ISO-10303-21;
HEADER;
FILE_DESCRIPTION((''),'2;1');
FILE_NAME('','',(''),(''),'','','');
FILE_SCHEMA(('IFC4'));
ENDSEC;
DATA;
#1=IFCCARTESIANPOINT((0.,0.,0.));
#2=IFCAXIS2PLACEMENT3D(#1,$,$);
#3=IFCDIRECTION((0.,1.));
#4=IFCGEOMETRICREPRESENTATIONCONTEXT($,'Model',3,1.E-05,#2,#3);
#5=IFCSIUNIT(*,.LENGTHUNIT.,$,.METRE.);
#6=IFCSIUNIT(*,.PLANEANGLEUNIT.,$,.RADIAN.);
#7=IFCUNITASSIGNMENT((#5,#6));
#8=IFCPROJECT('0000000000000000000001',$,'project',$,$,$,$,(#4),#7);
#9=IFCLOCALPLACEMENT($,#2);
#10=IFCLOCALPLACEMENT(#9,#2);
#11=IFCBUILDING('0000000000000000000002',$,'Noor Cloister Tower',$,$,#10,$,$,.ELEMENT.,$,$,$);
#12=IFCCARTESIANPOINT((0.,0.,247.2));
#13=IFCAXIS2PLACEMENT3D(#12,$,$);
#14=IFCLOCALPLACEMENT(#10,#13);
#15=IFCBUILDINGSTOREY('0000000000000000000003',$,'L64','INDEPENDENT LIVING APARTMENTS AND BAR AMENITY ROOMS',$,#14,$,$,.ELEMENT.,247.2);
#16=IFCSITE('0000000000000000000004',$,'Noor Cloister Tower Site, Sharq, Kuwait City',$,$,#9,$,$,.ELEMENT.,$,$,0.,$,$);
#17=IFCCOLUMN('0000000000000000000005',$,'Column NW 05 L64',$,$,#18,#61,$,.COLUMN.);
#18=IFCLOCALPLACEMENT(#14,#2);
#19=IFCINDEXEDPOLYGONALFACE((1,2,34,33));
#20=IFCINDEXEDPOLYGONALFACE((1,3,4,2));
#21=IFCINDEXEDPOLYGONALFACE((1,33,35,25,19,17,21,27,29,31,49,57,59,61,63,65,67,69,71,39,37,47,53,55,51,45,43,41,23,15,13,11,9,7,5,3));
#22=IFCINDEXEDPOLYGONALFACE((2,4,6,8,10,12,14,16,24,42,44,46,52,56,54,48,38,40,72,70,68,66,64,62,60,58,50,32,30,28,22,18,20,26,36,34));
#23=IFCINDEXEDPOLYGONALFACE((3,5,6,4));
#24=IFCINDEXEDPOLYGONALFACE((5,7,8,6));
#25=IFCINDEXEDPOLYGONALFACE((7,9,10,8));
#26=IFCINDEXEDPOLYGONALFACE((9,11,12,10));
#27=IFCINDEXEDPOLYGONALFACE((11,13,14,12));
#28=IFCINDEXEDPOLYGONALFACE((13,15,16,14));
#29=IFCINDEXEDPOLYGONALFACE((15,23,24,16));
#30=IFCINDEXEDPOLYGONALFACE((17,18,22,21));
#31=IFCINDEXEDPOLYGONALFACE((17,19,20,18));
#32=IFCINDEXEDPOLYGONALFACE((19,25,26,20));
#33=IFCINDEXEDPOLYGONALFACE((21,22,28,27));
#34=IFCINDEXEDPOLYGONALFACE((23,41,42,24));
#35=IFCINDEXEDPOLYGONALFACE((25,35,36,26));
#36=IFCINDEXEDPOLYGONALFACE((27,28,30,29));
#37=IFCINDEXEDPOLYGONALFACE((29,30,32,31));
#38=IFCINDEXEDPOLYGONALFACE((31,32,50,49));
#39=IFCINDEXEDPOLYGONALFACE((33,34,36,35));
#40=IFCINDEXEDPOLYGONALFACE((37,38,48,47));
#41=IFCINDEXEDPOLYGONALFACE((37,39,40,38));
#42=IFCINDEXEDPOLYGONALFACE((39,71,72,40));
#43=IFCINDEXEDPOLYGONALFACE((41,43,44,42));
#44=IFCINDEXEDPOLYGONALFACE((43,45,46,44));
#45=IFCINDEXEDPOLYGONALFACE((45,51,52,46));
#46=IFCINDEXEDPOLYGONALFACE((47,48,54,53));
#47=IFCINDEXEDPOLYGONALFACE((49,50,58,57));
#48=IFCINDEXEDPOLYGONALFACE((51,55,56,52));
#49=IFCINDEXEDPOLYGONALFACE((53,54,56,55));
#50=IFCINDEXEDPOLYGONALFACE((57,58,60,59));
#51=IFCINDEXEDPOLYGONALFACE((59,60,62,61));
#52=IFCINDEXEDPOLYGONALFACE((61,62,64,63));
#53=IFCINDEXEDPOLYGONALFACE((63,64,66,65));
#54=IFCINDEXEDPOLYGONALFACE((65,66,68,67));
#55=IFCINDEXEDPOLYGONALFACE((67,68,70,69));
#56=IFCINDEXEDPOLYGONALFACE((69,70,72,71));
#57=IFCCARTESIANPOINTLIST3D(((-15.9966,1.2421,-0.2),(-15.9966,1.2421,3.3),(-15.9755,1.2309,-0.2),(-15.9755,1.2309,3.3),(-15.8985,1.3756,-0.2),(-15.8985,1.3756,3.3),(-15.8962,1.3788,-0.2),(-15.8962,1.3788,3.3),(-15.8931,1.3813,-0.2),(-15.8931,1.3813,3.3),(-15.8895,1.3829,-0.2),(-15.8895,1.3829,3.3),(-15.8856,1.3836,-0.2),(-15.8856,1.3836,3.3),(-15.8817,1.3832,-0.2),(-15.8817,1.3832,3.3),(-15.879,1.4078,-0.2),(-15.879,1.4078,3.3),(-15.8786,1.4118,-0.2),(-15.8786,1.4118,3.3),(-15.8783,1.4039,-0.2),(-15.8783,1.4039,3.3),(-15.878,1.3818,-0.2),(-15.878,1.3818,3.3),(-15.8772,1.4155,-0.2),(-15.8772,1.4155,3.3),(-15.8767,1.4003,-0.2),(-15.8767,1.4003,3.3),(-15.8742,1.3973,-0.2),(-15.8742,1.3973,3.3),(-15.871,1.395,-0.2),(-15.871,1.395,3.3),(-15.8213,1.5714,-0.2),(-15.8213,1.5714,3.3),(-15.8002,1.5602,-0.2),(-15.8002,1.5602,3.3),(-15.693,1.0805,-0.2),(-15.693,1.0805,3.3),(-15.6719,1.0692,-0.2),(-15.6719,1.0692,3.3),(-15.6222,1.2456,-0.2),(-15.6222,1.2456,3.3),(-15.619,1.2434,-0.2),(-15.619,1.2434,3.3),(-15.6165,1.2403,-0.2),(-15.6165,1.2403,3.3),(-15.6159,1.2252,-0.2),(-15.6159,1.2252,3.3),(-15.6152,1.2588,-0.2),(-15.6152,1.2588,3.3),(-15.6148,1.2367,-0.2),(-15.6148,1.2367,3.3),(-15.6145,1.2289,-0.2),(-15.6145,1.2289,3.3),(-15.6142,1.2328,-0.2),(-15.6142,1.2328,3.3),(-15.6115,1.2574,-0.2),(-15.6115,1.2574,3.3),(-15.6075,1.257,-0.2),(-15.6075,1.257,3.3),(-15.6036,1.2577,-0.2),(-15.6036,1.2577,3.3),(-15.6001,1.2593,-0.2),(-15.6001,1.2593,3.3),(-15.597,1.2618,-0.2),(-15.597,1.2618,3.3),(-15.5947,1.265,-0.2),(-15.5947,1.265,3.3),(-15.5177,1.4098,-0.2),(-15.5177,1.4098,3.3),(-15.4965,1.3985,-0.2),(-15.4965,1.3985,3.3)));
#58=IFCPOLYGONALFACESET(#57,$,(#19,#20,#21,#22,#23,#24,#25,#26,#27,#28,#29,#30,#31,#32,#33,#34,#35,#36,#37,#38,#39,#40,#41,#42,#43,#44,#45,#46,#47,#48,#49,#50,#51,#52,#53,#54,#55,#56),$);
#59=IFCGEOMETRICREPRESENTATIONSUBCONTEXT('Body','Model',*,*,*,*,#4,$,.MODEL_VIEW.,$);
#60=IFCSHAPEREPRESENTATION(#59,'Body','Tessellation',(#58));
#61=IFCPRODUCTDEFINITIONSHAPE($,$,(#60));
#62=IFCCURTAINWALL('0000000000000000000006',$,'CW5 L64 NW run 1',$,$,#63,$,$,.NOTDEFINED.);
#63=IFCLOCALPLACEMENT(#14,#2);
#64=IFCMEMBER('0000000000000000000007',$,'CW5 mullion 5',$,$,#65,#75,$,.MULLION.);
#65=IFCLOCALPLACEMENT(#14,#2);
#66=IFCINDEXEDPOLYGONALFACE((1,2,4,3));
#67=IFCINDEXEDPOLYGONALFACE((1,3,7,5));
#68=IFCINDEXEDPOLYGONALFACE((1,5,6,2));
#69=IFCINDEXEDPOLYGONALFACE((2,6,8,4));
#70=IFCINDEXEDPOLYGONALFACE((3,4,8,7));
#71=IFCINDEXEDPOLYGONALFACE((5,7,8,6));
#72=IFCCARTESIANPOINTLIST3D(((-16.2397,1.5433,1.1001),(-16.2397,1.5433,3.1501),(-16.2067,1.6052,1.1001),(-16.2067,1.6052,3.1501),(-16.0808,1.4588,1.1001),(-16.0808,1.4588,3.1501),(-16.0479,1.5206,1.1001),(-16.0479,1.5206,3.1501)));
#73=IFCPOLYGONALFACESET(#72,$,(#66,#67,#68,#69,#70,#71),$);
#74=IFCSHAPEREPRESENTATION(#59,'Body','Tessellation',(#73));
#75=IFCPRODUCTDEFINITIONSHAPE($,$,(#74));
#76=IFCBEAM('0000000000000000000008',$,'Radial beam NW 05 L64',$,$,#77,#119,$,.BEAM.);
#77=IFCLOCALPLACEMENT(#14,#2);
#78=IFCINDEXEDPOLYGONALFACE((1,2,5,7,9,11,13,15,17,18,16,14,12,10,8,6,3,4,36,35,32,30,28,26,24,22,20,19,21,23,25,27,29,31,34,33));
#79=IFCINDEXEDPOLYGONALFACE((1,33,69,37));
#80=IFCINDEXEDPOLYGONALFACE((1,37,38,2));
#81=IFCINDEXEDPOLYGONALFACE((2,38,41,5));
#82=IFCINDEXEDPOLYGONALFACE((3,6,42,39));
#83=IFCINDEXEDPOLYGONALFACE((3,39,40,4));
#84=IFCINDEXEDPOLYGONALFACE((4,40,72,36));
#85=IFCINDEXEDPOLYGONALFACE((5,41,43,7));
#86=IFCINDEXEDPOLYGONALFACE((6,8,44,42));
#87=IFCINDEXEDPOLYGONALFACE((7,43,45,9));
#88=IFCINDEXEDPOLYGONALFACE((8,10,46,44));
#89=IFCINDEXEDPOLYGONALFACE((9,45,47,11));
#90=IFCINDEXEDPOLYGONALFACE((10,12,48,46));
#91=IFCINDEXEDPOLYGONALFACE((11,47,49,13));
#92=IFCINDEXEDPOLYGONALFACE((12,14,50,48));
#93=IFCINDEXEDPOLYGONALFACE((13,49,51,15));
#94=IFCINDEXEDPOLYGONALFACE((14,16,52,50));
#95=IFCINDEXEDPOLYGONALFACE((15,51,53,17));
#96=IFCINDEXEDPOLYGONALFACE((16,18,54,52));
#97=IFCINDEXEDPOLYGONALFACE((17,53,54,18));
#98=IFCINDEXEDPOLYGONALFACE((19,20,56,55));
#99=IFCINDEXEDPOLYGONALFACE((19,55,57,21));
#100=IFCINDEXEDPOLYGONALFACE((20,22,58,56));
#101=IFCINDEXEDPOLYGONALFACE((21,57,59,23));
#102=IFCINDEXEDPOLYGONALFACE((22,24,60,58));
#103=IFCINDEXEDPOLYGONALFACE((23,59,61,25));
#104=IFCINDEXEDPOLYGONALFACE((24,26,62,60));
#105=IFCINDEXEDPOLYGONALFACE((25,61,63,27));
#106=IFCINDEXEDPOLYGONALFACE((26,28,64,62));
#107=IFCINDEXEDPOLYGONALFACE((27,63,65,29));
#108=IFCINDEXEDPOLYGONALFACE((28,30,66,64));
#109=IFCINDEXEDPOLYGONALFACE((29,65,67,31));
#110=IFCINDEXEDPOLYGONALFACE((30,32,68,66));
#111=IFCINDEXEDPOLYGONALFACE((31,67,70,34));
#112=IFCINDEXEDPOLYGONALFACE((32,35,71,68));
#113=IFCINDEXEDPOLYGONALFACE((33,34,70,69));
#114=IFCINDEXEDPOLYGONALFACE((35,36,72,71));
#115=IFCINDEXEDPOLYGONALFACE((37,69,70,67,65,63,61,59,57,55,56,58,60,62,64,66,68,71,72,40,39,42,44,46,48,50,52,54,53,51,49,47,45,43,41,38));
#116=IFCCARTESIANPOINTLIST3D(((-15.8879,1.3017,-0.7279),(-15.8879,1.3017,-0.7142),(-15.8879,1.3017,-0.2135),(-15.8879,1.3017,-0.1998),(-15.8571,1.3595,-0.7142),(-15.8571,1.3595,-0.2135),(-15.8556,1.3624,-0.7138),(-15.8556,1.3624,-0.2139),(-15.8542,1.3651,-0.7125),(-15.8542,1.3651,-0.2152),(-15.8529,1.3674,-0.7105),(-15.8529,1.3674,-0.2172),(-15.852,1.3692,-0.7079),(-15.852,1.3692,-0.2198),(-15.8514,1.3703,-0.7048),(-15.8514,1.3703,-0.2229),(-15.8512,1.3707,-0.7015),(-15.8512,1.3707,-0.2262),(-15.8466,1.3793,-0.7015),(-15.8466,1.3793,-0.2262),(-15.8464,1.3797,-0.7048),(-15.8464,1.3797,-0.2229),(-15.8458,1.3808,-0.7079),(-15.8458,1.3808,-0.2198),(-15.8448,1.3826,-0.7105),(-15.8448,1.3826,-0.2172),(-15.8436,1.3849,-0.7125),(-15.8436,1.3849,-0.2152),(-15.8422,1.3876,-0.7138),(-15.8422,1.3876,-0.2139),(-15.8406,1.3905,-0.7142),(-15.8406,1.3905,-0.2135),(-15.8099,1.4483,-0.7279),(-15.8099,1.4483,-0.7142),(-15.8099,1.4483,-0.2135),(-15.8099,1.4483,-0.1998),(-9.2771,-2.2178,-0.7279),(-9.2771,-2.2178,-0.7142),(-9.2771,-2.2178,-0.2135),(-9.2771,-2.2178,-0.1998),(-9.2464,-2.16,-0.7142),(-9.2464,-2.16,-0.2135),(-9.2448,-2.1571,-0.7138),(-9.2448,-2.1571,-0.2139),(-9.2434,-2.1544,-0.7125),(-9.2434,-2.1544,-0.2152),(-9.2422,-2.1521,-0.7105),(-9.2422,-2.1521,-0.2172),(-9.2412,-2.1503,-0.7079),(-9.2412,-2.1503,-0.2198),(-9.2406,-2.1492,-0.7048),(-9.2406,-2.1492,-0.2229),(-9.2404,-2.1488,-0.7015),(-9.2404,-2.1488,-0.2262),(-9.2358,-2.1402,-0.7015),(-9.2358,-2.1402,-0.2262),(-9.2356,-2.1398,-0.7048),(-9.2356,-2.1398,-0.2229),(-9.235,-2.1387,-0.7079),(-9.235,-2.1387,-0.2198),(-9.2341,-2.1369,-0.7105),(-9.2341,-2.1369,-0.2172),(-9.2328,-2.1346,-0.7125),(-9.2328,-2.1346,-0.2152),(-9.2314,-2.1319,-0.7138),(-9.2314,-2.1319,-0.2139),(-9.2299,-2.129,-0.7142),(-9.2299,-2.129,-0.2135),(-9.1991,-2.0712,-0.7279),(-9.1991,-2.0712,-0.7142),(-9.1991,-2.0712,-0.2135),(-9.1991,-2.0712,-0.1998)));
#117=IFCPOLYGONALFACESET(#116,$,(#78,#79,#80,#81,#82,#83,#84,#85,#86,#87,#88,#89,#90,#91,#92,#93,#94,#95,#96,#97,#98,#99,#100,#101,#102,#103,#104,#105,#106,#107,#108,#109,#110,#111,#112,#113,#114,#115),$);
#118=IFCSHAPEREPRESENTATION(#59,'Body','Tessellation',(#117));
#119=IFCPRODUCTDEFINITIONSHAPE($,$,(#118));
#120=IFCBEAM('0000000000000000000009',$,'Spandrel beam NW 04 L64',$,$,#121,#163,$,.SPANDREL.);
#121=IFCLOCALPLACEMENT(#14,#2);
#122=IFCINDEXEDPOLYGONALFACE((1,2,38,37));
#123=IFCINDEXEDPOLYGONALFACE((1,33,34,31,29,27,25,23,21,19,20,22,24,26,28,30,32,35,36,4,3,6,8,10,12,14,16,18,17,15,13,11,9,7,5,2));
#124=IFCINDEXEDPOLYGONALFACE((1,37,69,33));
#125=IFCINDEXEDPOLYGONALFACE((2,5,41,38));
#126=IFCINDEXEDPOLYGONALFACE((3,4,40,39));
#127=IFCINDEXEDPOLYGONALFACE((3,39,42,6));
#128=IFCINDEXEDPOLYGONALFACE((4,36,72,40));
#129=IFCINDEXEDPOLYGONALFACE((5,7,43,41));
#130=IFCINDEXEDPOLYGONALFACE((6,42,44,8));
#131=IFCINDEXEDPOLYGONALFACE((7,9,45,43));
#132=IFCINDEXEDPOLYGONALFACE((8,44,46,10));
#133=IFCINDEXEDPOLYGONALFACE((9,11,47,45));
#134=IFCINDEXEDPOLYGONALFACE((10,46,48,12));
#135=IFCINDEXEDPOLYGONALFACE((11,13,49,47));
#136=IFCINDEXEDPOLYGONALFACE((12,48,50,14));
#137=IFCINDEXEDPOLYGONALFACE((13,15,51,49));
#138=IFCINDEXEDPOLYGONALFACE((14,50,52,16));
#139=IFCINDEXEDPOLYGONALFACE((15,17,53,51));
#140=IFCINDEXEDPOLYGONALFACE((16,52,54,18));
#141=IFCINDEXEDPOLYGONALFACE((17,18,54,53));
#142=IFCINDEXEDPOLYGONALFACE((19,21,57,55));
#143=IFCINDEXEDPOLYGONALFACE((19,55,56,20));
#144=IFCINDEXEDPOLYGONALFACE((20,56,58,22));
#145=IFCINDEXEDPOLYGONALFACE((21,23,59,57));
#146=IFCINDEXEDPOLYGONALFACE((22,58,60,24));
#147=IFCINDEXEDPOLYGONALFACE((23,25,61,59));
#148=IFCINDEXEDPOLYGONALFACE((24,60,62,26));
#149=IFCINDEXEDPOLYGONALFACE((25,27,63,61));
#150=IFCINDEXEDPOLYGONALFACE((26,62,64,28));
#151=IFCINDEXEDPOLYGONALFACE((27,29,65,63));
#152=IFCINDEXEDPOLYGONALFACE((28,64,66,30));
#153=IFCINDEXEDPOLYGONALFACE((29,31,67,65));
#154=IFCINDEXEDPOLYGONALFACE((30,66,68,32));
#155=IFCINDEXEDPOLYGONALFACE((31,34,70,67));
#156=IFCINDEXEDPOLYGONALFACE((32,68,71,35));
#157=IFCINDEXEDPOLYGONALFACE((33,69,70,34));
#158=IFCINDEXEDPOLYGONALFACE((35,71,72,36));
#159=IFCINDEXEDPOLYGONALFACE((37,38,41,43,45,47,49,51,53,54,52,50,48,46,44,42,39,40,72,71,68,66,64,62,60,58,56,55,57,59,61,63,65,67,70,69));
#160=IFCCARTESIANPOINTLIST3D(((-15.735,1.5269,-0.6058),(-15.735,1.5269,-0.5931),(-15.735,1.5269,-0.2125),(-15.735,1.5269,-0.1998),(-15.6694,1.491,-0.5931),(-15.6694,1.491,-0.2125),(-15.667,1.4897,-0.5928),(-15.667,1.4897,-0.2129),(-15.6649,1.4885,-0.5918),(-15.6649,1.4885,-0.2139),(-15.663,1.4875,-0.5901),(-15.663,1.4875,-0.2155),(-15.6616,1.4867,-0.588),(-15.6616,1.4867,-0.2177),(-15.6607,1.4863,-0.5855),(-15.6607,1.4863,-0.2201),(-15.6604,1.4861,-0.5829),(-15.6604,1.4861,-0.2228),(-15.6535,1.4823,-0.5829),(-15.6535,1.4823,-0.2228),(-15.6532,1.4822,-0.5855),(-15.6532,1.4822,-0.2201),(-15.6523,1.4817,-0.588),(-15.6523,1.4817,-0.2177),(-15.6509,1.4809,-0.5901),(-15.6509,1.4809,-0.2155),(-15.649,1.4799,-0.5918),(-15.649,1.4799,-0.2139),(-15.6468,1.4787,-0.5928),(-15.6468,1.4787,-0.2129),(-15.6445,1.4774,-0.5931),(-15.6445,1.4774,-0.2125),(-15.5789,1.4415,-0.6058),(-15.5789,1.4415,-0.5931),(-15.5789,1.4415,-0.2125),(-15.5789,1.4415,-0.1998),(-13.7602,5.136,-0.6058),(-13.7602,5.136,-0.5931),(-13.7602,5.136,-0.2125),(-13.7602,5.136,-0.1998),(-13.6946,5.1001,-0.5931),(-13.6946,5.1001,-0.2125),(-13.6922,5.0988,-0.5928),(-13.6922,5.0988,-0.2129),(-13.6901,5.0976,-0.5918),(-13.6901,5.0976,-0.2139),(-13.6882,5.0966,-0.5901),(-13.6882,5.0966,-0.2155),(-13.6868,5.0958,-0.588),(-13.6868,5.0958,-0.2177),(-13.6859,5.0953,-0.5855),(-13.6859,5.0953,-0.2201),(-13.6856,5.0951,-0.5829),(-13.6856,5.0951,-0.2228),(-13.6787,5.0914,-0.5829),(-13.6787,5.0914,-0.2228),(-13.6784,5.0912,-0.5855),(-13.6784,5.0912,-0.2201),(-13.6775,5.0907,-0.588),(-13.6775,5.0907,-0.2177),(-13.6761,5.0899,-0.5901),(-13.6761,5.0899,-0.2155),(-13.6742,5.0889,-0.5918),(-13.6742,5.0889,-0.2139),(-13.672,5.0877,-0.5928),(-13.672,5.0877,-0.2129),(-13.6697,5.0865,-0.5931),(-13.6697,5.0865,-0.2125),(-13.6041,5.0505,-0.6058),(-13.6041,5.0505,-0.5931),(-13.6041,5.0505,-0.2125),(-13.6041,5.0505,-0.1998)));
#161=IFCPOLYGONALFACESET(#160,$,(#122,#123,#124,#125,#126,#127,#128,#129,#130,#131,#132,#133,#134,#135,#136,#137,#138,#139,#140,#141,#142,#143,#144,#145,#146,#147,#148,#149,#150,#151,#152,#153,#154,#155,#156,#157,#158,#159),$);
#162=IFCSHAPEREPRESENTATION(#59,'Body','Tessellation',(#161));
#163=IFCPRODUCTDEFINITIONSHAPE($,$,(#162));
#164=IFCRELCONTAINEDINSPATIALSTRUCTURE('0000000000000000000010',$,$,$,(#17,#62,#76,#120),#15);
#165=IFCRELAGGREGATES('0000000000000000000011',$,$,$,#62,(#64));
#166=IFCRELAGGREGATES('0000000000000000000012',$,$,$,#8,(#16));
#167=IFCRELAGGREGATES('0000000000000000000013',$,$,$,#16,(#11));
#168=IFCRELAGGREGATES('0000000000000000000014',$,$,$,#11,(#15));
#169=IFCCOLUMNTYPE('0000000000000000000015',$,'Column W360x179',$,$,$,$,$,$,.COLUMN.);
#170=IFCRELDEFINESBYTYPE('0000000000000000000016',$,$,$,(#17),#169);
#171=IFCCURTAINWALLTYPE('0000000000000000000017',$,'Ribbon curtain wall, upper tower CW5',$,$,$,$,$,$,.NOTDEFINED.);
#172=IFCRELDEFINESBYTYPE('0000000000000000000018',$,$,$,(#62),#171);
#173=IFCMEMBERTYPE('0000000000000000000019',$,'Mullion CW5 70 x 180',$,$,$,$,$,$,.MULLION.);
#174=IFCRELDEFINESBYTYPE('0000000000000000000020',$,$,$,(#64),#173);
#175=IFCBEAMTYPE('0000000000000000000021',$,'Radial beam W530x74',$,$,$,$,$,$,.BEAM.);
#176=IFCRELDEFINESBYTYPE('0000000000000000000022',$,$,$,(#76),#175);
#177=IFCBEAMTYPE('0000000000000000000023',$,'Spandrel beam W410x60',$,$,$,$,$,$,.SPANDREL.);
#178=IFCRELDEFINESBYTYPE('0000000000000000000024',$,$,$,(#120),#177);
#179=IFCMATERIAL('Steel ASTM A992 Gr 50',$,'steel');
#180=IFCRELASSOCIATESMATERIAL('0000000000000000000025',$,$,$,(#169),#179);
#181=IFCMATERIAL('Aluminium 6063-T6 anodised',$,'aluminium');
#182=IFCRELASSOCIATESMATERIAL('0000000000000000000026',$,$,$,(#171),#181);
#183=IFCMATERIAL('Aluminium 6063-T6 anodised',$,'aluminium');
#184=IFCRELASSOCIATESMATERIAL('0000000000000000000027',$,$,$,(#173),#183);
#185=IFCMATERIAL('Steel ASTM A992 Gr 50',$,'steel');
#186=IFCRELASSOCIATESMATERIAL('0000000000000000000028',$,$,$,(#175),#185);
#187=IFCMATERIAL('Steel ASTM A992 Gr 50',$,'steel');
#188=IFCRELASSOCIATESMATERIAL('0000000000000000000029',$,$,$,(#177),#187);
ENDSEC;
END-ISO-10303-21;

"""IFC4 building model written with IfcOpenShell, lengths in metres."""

from ifc_helpers import new_model, si_unit, direction, frame, origin, origin_2d, place, context, subcontext, project, spatial, rectangle, i_section, extrude, material, material_profile, profile_set, type_object, element, aggregate, save


model = new_model("IFC4")

# Units and contexts
model_context = context("Model", 3, precision=1e-05, world=origin(), true_north=direction((0.0, 1.0)))
body_context = subcontext(model_context, "Body", "Model", "MODEL_VIEW")
ifc_project = project(units=[si_unit("LENGTHUNIT", "METRE"), si_unit("PLANEANGLEUNIT", "RADIAN")], contexts=[model_context])

# Site, building, storey
site_placement = place(None, origin())
site = spatial("IfcSite", under=ifc_project, at=site_placement, Name="Noor Cloister Tower Site, Sharq, Kuwait City", CompositionType="ELEMENT", RefElevation=0.0)
building_placement = place(site_placement, origin())
building = spatial("IfcBuilding", under=site, at=building_placement, Name="Noor Cloister Tower", CompositionType="ELEMENT")
storey_placement = place(building_placement, frame((0.0, 0.0, 247.2)))
storey = spatial("IfcBuildingStorey", under=building, at=storey_placement, Name="L64", Description="INDEPENDENT LIVING APARTMENTS AND BAR AMENITY ROOMS", CompositionType="ELEMENT", Elevation=247.2)

# Column
ifc_material_1 = material(Name="Steel ASTM A992 Gr 50", Category="steel")
ifc_material_profile_1 = material_profile(ifc_material_1, i_section(OverallWidth=0.373, OverallDepth=0.3679, WebThickness=0.0149, FlangeThickness=0.0239, FilletRadius=0.0151, at=origin_2d()), Name="W360x179")
ifc_profile_set_1 = profile_set([ifc_material_profile_1], Name="Steel ASTM A992 Gr 50")
column_type = type_object("IfcColumnType", Name="Column W360x179", PredefinedType="COLUMN", material=ifc_profile_set_1)
column_placement = place(storey_placement, frame((-15.7466, 1.3203, -0.2), z_axis=(0.0, 0.0, 1.0), x_axis=(-0.469927, -0.882705, 0.0)))
element("IfcColumn", 1, at=column_placement, inside=storey, type_object=column_type, Name="Column NW 05 L64", PredefinedType="COLUMN", context=body_context, shape_type="SweptSolid", body=[
    extrude(i_section(OverallWidth=0.373, OverallDepth=0.3679, WebThickness=0.0149, FlangeThickness=0.0239, FilletRadius=0.0151, at=origin_2d()), origin(), (0.0, 0.0, 1.0), 3.5),
])

# Curtain wall, member
ifc_material_2 = material(Name="Aluminium 6063-T6 anodised", Category="aluminium")
curtain_wall_type = type_object("IfcCurtainWallType", Name="Ribbon curtain wall, upper tower CW5", PredefinedType="NOTDEFINED", material=ifc_material_2)
curtain_wall_placement = place(storey_placement, origin())
curtain_wall = element("IfcCurtainWall", 2, at=curtain_wall_placement, inside=storey, type_object=curtain_wall_type, Name="CW5 L64 NW run 1", PredefinedType="NOTDEFINED")
ifc_material_3 = material(Name="Aluminium 6063-T6 anodised", Category="aluminium")
ifc_material_profile_2 = material_profile(ifc_material_3, rectangle(XDim=0.1799, YDim=0.0701, at=origin_2d()), Name="180 x 70 mullion")
ifc_profile_set_2 = profile_set([ifc_material_profile_2], Name="Aluminium 6063-T6 anodised")
member_type = type_object("IfcMemberType", Name="Mullion CW5 70 x 180", PredefinedType="MULLION", material=ifc_profile_set_2)
member_placement = place(storey_placement, frame((-16.1438, 1.532, 1.1001), z_axis=(0.0, 0.0, 1.0), x_axis=(0.882705, -0.469927, 0.0)))
member = element("IfcMember", 3, at=member_placement, type_object=member_type, Name="CW5 mullion 5", PredefinedType="MULLION", context=body_context, shape_type="SweptSolid", body=[
    extrude(rectangle(XDim=0.1799, YDim=0.0701, at=origin_2d()), origin(), (0.0, 0.0, 1.0), 2.05),
])

# Beams
ifc_material_4 = material(Name="Steel ASTM A992 Gr 50", Category="steel")
ifc_material_profile_3 = material_profile(ifc_material_4, i_section(OverallWidth=0.166, OverallDepth=0.5281, WebThickness=0.0098, FlangeThickness=0.0137, FilletRadius=0.0127, at=origin_2d()), Name="W530x74")
ifc_profile_set_3 = profile_set([ifc_material_profile_3], Name="Steel ASTM A992 Gr 50")
beam_type_1 = type_object("IfcBeamType", Name="Radial beam W530x74", PredefinedType="BEAM", material=ifc_profile_set_3)
beam_1_placement = place(storey_placement, frame((-15.8489, 1.375, -0.4639), z_axis=(0.882699, -0.469938, 0.0), x_axis=(0.469938, 0.882699, 0.0)))
element("IfcBeam", 4, at=beam_1_placement, inside=storey, type_object=beam_type_1, Name="Radial beam NW 05 L64", PredefinedType="BEAM", context=body_context, shape_type="SweptSolid", body=[
    extrude(i_section(OverallWidth=0.166, OverallDepth=0.5281, WebThickness=0.0098, FlangeThickness=0.0137, FilletRadius=0.0127, at=origin_2d()), origin(), (0.0, 0.0, 1.0), 7.4893),
])
ifc_material_5 = material(Name="Steel ASTM A992 Gr 50", Category="steel")
ifc_material_profile_4 = material_profile(ifc_material_5, i_section(OverallWidth=0.178, OverallDepth=0.406, WebThickness=0.0078, FlangeThickness=0.0127, FilletRadius=0.0103, at=origin_2d()), Name="W410x60")
ifc_profile_set_4 = profile_set([ifc_material_profile_4], Name="Steel ASTM A992 Gr 50")
beam_type_2 = type_object("IfcBeamType", Name="Spandrel beam W410x60", PredefinedType="SPANDREL", material=ifc_profile_set_4)
beam_2_placement = place(storey_placement, frame((-13.6821, 5.0933, -0.4028), z_axis=(-0.48002, -0.877258, 0.0), x_axis=(0.877258, -0.48002, 0.0)))
element("IfcBeam", 5, at=beam_2_placement, inside=storey, type_object=beam_type_2, Name="Spandrel beam NW 04 L64", PredefinedType="SPANDREL", context=body_context, shape_type="SweptSolid", body=[
    extrude(i_section(OverallWidth=0.178, OverallDepth=0.406, WebThickness=0.0078, FlangeThickness=0.0127, FilletRadius=0.0103, at=origin_2d()), origin(), (0.0, 0.0, 1.0), 4.114),
])

aggregate(curtain_wall, [member])

save(model, "model.ifc")
